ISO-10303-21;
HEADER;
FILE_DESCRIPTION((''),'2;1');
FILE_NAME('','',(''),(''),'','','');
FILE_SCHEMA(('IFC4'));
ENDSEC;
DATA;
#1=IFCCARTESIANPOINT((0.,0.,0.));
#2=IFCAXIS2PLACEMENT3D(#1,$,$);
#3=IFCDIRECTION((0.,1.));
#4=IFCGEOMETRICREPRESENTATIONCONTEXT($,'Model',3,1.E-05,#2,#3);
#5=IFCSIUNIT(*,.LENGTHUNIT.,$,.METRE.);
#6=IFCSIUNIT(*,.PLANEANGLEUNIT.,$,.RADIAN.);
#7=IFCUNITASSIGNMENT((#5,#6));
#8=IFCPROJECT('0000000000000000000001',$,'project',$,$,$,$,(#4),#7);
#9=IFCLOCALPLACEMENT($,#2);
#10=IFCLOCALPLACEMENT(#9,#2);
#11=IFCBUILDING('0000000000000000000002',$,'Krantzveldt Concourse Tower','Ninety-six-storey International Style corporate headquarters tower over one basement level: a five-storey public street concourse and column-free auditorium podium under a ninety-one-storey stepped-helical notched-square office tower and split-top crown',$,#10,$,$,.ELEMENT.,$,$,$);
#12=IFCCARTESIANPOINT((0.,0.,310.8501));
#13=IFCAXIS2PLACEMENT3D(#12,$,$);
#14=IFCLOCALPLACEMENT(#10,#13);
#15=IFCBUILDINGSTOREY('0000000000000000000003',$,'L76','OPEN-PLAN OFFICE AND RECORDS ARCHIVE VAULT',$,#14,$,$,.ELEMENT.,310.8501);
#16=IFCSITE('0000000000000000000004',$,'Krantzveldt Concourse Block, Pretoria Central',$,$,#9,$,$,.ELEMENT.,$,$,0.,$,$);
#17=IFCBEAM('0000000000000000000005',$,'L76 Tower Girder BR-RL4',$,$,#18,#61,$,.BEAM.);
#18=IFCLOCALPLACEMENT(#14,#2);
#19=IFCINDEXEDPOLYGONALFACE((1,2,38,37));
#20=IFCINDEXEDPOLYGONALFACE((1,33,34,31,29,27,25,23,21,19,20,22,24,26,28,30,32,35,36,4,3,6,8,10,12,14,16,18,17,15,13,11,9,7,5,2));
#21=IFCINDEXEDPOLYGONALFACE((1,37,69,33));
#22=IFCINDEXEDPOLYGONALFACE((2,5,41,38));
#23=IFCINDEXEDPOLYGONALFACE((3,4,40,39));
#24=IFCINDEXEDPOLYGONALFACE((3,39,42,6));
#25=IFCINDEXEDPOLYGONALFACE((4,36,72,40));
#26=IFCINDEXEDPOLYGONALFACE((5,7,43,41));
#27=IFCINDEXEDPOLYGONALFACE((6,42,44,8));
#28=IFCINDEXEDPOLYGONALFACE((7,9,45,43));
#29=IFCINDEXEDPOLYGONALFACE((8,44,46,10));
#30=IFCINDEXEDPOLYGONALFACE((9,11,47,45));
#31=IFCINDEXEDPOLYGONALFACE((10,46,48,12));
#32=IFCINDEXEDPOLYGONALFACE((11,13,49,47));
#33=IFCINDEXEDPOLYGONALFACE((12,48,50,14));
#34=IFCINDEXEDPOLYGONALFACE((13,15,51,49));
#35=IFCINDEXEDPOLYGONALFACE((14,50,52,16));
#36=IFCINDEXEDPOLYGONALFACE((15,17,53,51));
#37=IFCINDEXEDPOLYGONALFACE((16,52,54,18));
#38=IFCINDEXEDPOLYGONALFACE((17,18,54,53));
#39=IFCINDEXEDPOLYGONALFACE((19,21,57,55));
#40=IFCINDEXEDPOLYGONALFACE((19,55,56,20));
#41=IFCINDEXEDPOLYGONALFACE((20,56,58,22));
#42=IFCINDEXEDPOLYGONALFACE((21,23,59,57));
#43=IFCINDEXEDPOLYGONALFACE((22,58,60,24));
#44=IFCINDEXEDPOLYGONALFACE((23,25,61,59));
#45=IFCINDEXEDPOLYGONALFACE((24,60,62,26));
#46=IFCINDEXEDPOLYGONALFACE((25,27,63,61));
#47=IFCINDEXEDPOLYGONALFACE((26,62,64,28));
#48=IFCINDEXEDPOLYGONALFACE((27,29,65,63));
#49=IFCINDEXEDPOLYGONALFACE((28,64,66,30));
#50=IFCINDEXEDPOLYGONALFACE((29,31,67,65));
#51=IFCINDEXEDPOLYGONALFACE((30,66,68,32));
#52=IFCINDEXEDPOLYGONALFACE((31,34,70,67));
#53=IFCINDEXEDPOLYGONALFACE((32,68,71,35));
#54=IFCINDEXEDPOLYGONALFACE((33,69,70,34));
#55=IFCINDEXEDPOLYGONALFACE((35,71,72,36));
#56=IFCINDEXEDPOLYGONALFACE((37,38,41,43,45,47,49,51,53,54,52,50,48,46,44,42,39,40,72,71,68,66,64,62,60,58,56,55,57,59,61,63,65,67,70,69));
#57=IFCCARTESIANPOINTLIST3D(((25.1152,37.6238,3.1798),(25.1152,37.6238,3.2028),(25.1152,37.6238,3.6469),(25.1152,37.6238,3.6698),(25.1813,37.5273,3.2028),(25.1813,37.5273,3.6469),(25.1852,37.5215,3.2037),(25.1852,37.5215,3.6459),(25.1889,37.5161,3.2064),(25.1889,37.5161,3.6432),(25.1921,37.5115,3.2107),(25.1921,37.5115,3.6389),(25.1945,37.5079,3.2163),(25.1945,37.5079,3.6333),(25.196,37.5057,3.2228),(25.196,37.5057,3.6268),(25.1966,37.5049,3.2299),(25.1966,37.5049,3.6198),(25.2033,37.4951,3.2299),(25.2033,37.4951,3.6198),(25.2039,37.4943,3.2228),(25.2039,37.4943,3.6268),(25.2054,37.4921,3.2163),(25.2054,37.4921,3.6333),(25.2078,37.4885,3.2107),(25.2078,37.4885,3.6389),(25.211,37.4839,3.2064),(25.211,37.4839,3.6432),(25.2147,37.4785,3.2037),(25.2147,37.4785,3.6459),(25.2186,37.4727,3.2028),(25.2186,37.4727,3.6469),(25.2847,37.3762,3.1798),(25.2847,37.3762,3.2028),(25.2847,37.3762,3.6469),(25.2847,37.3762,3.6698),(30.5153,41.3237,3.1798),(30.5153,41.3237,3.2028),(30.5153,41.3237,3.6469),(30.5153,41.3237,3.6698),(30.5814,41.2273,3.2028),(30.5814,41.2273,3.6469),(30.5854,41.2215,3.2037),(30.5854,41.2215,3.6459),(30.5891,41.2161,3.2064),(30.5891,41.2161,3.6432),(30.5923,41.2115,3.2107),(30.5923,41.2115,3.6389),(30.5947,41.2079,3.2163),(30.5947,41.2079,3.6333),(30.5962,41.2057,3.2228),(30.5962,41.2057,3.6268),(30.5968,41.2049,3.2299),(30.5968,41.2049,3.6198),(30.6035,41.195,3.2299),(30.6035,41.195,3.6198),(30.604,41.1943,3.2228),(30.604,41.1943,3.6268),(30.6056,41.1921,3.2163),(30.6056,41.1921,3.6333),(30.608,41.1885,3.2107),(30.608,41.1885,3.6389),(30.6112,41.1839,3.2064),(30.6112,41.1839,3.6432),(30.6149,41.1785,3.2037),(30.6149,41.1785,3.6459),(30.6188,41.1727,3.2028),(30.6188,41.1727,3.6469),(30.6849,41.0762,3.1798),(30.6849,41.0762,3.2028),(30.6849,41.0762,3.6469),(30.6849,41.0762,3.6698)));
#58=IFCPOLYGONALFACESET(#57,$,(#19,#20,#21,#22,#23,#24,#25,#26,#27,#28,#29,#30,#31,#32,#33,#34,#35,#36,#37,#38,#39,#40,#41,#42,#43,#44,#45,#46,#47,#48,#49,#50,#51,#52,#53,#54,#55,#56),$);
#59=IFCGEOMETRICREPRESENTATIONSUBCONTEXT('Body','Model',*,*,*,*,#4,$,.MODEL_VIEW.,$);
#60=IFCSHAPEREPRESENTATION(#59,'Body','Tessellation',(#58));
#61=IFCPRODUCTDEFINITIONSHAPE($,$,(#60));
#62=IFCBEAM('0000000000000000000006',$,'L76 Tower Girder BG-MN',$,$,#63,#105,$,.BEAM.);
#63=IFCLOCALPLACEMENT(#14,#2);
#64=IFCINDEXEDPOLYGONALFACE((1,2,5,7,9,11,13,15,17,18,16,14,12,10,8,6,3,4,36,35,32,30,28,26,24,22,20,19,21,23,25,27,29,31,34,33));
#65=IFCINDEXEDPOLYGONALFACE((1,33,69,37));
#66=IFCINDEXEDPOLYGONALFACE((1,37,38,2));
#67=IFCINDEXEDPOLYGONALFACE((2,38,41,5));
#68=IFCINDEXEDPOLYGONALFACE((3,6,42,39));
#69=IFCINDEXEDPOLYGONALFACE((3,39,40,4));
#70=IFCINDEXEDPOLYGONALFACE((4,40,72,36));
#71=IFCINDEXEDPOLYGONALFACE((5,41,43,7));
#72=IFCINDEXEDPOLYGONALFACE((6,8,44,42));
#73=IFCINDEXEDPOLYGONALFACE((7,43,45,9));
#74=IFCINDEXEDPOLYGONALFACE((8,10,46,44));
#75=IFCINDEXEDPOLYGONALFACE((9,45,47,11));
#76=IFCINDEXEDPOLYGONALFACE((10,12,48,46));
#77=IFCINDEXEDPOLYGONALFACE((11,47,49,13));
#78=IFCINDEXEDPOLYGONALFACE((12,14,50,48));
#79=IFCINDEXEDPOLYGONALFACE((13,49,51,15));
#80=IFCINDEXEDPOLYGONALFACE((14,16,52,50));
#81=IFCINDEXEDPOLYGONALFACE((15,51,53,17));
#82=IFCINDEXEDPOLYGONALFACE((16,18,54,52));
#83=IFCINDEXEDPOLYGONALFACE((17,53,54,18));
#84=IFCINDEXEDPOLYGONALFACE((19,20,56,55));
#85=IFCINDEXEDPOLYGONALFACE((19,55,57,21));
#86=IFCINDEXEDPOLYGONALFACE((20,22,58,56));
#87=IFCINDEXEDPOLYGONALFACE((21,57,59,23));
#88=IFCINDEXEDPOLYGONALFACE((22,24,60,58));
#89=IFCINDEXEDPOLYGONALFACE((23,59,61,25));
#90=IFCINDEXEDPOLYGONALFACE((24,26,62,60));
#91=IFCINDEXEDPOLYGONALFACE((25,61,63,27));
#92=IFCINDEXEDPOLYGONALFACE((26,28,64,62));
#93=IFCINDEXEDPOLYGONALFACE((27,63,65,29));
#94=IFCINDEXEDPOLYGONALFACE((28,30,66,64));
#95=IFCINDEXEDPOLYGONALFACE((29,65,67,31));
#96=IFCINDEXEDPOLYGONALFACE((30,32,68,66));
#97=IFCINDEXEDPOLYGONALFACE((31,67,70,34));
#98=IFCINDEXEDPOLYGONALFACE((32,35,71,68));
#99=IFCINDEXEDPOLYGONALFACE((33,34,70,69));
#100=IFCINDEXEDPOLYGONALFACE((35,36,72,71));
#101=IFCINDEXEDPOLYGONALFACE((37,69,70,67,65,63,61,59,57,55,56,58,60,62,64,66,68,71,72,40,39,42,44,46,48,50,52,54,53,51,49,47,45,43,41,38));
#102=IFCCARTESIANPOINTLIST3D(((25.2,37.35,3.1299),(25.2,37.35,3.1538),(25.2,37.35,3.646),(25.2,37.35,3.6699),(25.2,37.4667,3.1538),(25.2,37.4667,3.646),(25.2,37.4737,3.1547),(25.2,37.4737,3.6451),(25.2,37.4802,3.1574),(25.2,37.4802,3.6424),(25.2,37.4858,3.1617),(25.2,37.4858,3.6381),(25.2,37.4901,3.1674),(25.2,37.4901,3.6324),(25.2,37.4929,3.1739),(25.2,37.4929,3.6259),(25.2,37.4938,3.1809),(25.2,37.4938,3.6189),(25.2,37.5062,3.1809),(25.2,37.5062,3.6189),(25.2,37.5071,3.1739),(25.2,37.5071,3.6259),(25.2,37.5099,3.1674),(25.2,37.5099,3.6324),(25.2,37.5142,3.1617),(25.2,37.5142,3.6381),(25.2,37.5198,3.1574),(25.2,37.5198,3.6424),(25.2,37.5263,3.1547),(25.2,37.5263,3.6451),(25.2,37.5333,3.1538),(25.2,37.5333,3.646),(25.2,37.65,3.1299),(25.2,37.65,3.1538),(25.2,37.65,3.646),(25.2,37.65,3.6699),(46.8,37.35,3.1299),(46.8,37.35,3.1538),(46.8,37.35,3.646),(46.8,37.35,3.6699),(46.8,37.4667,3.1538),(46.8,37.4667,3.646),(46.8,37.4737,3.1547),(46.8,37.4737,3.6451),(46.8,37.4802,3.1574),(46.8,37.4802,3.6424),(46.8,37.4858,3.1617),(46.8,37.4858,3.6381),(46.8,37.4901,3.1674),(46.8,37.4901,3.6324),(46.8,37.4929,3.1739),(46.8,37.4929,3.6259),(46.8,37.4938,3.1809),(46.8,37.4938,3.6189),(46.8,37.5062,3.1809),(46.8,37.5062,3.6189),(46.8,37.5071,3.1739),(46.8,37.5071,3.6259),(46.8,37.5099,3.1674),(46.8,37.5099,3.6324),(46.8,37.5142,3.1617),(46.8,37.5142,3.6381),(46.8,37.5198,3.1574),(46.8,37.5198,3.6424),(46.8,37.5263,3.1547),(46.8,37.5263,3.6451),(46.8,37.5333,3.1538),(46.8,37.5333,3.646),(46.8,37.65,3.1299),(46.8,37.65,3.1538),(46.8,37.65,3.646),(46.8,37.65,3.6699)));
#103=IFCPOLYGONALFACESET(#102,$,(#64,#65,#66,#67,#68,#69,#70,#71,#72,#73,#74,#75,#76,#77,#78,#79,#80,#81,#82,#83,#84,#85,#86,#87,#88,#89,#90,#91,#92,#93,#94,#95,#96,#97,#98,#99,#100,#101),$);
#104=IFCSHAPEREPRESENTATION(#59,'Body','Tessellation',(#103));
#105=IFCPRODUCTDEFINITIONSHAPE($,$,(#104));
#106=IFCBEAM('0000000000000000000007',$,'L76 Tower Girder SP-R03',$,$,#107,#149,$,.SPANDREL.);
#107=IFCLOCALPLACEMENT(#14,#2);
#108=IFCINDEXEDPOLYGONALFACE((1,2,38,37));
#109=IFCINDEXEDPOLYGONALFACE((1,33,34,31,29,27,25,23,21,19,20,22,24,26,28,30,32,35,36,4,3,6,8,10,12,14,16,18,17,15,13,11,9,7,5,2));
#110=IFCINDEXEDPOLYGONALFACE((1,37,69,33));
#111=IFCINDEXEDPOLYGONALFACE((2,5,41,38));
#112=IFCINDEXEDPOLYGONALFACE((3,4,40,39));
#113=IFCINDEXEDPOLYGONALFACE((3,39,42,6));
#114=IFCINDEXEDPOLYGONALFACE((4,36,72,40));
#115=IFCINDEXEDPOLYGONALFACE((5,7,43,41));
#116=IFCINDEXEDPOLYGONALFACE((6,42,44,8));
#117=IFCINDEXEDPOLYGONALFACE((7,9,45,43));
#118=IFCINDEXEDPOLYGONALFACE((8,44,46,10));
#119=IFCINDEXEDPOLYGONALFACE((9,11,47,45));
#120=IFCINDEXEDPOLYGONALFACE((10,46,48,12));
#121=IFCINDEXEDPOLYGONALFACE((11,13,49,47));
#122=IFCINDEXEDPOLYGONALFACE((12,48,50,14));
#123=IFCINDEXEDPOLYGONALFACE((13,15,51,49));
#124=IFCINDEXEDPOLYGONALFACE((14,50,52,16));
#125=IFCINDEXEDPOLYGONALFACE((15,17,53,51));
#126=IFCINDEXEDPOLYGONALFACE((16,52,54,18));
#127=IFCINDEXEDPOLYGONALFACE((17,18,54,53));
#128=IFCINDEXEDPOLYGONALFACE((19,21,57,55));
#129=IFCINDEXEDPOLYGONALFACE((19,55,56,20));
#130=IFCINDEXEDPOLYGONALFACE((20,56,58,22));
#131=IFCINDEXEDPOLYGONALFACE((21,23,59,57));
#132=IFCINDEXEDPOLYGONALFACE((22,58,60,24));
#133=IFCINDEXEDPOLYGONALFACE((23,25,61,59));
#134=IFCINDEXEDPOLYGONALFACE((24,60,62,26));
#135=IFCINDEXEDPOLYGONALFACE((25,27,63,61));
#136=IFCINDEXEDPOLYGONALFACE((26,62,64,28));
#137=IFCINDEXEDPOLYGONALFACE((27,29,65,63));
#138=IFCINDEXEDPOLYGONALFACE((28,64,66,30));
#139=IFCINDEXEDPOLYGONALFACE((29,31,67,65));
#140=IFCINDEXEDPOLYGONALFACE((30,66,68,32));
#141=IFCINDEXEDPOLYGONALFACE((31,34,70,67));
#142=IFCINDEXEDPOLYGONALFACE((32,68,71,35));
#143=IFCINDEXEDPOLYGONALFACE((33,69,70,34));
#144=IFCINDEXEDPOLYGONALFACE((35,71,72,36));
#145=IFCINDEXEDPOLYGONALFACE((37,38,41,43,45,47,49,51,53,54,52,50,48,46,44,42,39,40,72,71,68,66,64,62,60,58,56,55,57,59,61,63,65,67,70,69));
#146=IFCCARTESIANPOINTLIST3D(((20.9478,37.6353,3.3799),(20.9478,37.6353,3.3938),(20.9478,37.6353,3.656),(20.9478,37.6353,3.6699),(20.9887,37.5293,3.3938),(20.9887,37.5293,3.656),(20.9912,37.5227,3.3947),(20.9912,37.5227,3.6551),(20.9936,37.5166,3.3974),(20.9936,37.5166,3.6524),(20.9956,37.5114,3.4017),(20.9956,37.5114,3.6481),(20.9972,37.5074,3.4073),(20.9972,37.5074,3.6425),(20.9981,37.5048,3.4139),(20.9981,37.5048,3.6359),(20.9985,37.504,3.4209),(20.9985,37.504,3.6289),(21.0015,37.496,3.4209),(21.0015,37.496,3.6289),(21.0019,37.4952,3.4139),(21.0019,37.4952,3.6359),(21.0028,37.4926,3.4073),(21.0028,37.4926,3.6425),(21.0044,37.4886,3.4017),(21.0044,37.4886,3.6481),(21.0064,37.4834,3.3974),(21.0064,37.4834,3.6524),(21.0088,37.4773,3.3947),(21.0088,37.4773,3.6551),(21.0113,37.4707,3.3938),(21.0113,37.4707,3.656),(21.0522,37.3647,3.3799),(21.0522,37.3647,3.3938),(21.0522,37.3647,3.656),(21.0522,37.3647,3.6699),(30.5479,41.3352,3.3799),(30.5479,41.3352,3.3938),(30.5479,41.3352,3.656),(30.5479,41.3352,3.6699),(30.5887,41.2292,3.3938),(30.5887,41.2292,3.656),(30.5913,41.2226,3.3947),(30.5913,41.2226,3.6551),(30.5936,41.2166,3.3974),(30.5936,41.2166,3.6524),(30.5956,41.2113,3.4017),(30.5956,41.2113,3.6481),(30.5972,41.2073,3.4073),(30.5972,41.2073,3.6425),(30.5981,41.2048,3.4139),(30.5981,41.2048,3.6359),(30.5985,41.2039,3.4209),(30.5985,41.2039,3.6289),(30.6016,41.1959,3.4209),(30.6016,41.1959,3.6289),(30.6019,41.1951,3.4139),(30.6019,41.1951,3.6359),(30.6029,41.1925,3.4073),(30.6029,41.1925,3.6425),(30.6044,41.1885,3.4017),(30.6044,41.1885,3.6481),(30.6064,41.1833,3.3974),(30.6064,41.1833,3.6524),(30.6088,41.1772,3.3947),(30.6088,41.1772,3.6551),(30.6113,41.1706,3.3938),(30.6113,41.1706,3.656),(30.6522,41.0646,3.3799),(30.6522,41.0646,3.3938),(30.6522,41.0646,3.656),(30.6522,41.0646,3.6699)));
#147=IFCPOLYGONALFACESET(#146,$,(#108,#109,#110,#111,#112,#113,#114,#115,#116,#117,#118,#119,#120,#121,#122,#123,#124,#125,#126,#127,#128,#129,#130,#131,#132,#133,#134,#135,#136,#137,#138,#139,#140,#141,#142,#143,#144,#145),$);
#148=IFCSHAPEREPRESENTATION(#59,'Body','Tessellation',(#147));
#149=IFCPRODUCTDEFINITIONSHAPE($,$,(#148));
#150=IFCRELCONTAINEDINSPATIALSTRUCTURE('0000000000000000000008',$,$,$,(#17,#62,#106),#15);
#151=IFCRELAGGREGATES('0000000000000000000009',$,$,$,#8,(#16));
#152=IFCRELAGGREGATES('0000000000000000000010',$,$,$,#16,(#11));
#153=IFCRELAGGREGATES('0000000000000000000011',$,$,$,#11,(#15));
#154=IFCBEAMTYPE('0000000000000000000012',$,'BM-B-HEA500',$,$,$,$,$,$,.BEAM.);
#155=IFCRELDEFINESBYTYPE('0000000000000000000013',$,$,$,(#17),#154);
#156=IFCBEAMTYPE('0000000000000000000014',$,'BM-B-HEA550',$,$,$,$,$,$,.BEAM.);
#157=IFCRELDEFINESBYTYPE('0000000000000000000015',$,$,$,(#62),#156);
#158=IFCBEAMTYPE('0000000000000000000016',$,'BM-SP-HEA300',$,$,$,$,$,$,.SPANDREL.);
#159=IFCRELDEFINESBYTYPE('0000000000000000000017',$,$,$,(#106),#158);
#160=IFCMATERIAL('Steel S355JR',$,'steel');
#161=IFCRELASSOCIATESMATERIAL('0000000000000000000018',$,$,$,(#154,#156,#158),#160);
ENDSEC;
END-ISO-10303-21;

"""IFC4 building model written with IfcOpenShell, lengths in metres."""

from ifc_helpers import new_model, si_unit, direction, frame, origin, origin_2d, place, context, subcontext, project, spatial, i_section, extrude, source, transform, mapped, material, material_profile, profile_set, type_object, type_shapes, element, save


model = new_model("IFC4")

# Units and contexts
model_context = context("Model", 3, precision=1e-05, world=origin(), true_north=direction((0.0, 1.0)))
body_context = subcontext(model_context, "Body", "Model", "MODEL_VIEW")
ifc_project = project(units=[si_unit("LENGTHUNIT", "METRE"), si_unit("PLANEANGLEUNIT", "RADIAN")], contexts=[model_context])

# Site, building, storey
site_placement = place(None, origin())
site = spatial("IfcSite", under=ifc_project, at=site_placement, Name="Krantzveldt Concourse Block, Pretoria Central", CompositionType="ELEMENT", RefElevation=0.0)
building_placement = place(site_placement, origin())
building = spatial("IfcBuilding", under=site, at=building_placement, Name="Krantzveldt Concourse Tower", Description="Ninety-six-storey International Style corporate headquarters tower over one basement level: a five-storey public street concourse and column-free auditorium podium under a ninety-one-storey stepped-helical notched-square office tower and split-top crown", CompositionType="ELEMENT")
storey_placement = place(building_placement, frame((0.0, 0.0, 310.8501)))
storey = spatial("IfcBuildingStorey", under=building, at=storey_placement, Name="L76", Description="OPEN-PLAN OFFICE AND RECORDS ARCHIVE VAULT", CompositionType="ELEMENT", Elevation=310.8501)

# Beams
ifc_material_1 = material(Name="Steel S355JR", Category="steel")
ifc_material_profile_1 = material_profile(ifc_material_1, i_section(OverallWidth=0.3, OverallDepth=0.49, WebThickness=0.012, FlangeThickness=0.0229, FilletRadius=0.0271, at=origin_2d()), Name="Steel S355JR", Category="steel")
ifc_profile_set_1 = profile_set([ifc_material_profile_1], Name="Steel S355JR - HEA 500")
beam_type_1 = type_object("IfcBeamType", Name="BM-B-HEA500", PredefinedType="BEAM", material=ifc_profile_set_1)
shared_shape_1 = source(origin(), body_context, "Body", "SweptSolid", [
    extrude(i_section(OverallWidth=0.3, OverallDepth=0.49, WebThickness=0.012, FlangeThickness=0.0229, FilletRadius=0.0271, at=origin_2d()), origin(), (0.0, 0.0, 1.0), 6.5461),
])
beam_1_placement = place(storey_placement, frame((25.2, 37.5, 3.4248), z_axis=(0.824943, 0.565216, 0.0), x_axis=(-0.565216, 0.824943, 0.0)))
element("IfcBeam", 1, at=beam_1_placement, inside=storey, type_object=beam_type_1, Name="L76 Tower Girder BR-RL4", PredefinedType="BEAM", context=body_context, shape_type="MappedRepresentation", body=[
    mapped(shared_shape_1, transform((0.0, 0.0, 0.0), x_axis=(1.0, 0.0, 0.0), y_axis=(0.0, 1.0, 0.0), z_axis=(0.0, 0.0, 1.0), scale=1.0)),
])
ifc_material_profile_2 = material_profile(ifc_material_1, i_section(OverallWidth=0.3, OverallDepth=0.54, WebThickness=0.0125, FlangeThickness=0.0239, FilletRadius=0.0271, at=origin_2d()), Name="Steel S355JR", Category="steel")
ifc_profile_set_2 = profile_set([ifc_material_profile_2], Name="Steel S355JR - HEA 550")
beam_type_2 = type_object("IfcBeamType", Name="BM-B-HEA550", PredefinedType="BEAM", material=ifc_profile_set_2)
shared_shape_2 = source(origin(), body_context, "Body", "SweptSolid", [
    extrude(i_section(OverallWidth=0.3, OverallDepth=0.54, WebThickness=0.0125, FlangeThickness=0.0239, FilletRadius=0.0271, at=origin_2d()), origin(), (0.0, 0.0, 1.0), 21.6001),
])
type_shapes(beam_type_2, [shared_shape_2])
beam_2_placement = place(storey_placement, frame((25.2, 37.5, 3.3999), z_axis=(1.0, 0.0, 0.0), x_axis=(0.0, 1.0, 0.0)))
element("IfcBeam", 2, at=beam_2_placement, inside=storey, type_object=beam_type_2, Name="L76 Tower Girder BG-MN", PredefinedType="BEAM", context=body_context, shape_type="MappedRepresentation", body=[
    mapped(shared_shape_2, transform((0.0, 0.0, 0.0), x_axis=(1.0, 0.0, 0.0), y_axis=(0.0, 1.0, 0.0), z_axis=(0.0, 0.0, 1.0), scale=1.0)),
])
ifc_material_profile_3 = material_profile(ifc_material_1, i_section(OverallWidth=0.29, OverallDepth=0.29, WebThickness=0.0085, FlangeThickness=0.0139, FilletRadius=0.0271, at=origin_2d()), Name="Steel S355JR", Category="steel")
ifc_profile_set_3 = profile_set([ifc_material_profile_3], Name="Steel S355JR - HEA 300")
beam_type_3 = type_object("IfcBeamType", Name="BM-SP-HEA300", PredefinedType="SPANDREL", material=ifc_profile_set_3)
shared_shape_3 = source(origin(), body_context, "Body", "SweptSolid", [
    extrude(i_section(OverallWidth=0.29, OverallDepth=0.29, WebThickness=0.0085, FlangeThickness=0.0139, FilletRadius=0.0271, at=origin_2d()), origin(), (0.0, 0.0, 1.0), 10.2883),
])
beam_3_placement = place(storey_placement, frame((21.0, 37.5, 3.5249), z_axis=(0.933098, 0.359623, 0.0), x_axis=(-0.359623, 0.933098, 0.0)))
element("IfcBeam", 3, at=beam_3_placement, inside=storey, type_object=beam_type_3, Name="L76 Tower Girder SP-R03", PredefinedType="SPANDREL", context=body_context, shape_type="MappedRepresentation", body=[
    mapped(shared_shape_3, transform((0.0, 0.0, 0.0), x_axis=(1.0, 0.0, 0.0), y_axis=(0.0, 1.0, 0.0), z_axis=(0.0, 0.0, 1.0), scale=1.0)),
])

save(model, "model.ifc")
